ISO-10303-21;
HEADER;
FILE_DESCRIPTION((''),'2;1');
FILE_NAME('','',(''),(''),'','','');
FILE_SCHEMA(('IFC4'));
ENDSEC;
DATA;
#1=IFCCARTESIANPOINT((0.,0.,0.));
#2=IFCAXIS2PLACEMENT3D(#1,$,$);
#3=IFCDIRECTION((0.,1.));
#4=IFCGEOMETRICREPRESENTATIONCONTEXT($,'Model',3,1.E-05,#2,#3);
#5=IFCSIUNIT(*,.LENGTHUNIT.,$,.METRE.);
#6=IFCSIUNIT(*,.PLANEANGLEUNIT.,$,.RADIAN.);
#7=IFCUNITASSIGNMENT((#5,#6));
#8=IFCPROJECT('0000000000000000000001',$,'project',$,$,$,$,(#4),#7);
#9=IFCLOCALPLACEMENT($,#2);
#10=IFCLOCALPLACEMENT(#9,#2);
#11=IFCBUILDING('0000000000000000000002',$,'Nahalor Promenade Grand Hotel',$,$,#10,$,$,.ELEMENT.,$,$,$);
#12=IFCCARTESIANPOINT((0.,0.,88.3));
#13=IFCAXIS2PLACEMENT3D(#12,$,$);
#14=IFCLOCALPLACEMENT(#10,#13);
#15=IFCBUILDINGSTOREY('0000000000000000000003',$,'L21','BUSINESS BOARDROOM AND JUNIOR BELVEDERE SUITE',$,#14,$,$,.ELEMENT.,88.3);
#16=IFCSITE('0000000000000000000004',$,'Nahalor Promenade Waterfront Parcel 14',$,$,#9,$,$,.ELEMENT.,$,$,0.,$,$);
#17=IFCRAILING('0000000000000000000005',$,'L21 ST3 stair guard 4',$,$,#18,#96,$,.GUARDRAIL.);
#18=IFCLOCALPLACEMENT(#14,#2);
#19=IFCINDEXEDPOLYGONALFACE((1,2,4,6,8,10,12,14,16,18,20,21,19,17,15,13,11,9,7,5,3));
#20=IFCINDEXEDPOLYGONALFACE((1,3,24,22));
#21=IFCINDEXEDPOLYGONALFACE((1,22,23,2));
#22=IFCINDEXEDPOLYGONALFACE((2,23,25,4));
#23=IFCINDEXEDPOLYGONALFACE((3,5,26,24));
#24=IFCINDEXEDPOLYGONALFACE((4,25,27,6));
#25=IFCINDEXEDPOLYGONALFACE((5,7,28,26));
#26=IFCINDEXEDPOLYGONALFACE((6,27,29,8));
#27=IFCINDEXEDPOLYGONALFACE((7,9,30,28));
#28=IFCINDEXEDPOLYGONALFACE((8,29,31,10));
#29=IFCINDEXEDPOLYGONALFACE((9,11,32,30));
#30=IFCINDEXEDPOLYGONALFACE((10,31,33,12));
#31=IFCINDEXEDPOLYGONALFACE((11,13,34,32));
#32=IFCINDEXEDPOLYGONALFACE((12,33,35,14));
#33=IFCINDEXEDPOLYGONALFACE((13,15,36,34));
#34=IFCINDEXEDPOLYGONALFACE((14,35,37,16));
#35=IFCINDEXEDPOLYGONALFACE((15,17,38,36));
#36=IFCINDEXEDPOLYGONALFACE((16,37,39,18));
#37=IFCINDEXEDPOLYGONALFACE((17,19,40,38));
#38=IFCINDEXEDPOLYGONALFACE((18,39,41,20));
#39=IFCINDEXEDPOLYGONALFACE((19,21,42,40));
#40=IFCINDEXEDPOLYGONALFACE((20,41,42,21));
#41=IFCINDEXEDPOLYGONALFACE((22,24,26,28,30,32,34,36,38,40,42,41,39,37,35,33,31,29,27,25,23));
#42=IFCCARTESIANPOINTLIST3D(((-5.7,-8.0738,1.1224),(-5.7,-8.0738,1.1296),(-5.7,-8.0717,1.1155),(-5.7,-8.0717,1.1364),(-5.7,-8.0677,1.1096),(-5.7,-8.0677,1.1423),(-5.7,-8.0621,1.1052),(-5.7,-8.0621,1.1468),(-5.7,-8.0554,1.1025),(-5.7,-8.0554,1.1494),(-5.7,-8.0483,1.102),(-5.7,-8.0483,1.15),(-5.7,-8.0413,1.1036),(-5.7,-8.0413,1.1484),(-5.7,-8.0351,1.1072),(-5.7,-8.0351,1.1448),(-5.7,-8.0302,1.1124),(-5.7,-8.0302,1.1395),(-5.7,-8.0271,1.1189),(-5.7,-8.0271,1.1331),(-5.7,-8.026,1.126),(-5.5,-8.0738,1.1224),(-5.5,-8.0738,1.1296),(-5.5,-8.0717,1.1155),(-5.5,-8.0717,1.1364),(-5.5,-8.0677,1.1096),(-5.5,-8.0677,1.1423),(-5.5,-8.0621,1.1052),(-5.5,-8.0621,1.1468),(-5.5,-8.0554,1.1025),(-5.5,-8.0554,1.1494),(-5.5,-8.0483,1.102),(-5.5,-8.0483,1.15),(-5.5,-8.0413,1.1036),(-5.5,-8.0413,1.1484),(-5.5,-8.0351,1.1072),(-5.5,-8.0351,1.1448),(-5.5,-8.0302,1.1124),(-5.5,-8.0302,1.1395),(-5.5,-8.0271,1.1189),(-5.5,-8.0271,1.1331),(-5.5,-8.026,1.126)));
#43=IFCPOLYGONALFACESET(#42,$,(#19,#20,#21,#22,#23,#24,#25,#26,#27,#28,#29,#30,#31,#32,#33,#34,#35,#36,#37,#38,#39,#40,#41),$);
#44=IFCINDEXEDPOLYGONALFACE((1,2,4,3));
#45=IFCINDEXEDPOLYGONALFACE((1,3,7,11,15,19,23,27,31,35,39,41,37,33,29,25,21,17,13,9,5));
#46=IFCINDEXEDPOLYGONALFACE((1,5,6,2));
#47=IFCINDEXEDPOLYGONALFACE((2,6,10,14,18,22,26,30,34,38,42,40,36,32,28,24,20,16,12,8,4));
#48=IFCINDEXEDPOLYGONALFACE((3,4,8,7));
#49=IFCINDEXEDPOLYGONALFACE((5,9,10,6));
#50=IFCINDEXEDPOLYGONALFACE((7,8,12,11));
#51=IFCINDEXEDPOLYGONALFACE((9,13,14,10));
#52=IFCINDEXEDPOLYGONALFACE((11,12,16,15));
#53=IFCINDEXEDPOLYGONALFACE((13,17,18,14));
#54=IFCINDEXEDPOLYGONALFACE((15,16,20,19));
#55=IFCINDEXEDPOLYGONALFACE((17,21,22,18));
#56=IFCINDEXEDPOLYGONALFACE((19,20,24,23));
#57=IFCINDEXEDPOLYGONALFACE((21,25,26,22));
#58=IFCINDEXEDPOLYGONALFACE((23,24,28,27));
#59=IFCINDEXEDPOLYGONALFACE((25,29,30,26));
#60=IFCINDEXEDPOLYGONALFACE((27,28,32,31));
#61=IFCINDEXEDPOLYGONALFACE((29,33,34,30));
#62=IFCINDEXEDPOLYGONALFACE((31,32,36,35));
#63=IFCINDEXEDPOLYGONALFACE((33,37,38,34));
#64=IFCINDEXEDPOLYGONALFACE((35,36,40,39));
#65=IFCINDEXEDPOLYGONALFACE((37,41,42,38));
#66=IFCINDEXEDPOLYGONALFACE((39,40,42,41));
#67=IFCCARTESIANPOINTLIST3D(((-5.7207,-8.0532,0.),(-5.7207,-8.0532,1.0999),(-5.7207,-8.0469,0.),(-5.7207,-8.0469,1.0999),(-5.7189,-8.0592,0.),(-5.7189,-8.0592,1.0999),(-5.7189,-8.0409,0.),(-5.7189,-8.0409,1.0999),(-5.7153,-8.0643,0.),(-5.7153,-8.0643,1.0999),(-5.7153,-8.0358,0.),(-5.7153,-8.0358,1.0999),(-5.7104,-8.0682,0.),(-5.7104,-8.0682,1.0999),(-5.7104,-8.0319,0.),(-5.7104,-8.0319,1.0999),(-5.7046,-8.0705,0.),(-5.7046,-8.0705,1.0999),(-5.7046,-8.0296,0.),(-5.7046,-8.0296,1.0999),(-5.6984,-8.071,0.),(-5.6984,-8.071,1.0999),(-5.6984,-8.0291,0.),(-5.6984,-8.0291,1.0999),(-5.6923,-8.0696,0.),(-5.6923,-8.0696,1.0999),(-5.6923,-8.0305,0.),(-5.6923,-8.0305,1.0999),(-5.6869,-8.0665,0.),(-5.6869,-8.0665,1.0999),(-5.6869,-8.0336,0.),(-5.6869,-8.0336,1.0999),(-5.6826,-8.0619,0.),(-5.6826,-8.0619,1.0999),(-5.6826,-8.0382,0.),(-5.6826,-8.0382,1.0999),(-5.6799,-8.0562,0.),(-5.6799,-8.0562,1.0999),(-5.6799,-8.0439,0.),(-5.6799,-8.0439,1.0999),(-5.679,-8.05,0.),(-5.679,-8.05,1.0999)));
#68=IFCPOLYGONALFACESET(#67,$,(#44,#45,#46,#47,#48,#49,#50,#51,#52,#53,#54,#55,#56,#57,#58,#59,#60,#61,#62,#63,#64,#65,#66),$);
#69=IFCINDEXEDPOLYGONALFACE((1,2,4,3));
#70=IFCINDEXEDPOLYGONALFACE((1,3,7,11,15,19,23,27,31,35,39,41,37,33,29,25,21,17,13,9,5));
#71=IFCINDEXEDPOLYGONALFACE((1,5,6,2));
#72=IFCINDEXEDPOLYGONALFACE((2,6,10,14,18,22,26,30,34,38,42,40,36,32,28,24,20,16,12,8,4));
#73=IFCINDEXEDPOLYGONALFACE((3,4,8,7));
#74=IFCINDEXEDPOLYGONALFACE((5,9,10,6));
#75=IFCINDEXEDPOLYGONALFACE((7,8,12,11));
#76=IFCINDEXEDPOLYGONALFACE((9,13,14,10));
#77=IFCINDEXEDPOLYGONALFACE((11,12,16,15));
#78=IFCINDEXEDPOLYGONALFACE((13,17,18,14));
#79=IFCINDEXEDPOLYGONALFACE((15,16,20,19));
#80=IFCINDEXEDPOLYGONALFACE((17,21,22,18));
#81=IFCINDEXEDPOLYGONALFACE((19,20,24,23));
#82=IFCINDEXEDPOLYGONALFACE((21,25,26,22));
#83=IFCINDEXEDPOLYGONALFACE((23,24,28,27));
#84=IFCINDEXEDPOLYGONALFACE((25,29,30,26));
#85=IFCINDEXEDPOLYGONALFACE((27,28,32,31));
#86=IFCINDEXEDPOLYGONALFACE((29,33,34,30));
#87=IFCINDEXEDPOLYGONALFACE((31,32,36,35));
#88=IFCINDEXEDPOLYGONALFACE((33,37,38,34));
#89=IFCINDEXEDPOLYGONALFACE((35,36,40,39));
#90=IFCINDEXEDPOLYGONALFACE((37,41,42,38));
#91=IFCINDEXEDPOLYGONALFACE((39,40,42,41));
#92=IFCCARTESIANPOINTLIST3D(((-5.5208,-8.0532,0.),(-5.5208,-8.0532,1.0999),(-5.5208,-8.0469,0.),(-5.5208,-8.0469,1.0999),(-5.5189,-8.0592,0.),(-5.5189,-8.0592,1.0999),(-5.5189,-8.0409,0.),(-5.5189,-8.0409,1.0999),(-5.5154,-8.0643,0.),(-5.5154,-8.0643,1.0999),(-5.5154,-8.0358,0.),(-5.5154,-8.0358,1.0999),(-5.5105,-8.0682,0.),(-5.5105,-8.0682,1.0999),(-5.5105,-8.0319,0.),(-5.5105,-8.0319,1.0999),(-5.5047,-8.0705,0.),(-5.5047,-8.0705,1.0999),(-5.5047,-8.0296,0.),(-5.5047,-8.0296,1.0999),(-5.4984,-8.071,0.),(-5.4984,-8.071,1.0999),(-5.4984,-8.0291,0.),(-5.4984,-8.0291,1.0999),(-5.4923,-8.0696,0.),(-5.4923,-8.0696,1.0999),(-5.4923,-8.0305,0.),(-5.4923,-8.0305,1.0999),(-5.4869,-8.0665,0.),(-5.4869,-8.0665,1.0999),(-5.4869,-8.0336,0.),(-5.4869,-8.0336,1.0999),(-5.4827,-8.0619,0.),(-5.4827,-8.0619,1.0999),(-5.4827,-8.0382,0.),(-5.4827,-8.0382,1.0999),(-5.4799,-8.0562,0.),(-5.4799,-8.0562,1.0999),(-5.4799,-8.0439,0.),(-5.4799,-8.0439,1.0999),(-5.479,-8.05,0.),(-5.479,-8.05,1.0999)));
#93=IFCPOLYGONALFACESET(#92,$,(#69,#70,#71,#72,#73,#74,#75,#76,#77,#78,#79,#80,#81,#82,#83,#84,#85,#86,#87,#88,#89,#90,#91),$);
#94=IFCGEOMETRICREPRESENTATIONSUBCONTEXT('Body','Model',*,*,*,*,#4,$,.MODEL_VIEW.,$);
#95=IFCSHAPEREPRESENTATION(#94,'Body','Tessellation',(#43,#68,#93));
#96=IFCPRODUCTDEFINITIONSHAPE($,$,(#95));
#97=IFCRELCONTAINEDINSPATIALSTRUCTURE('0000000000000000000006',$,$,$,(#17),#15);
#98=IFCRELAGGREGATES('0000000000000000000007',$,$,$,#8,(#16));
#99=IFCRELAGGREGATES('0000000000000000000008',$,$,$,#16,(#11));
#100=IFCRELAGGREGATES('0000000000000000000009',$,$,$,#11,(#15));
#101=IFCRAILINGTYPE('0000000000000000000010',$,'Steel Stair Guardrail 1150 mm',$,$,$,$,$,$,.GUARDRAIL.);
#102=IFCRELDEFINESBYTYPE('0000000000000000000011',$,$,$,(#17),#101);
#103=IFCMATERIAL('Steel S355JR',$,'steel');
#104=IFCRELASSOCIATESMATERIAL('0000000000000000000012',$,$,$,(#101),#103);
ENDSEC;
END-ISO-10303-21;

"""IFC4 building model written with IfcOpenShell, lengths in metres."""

from ifc_helpers import new_model, si_unit, direction, frame, origin, origin_2d, place, context, subcontext, project, spatial, circle, extrude, material, type_object, element, save


model = new_model("IFC4")

# Units and contexts
model_context = context("Model", 3, precision=1e-05, world=origin(), true_north=direction((0.0, 1.0)))
body_context = subcontext(model_context, "Body", "Model", "MODEL_VIEW")
ifc_project = project(units=[si_unit("LENGTHUNIT", "METRE"), si_unit("PLANEANGLEUNIT", "RADIAN")], contexts=[model_context])

# Site, building, storey
site_placement = place(None, origin())
site = spatial("IfcSite", under=ifc_project, at=site_placement, Name="Nahalor Promenade Waterfront Parcel 14", CompositionType="ELEMENT", RefElevation=0.0)
building_placement = place(site_placement, origin())
building = spatial("IfcBuilding", under=site, at=building_placement, Name="Nahalor Promenade Grand Hotel", CompositionType="ELEMENT")
storey_placement = place(building_placement, frame((0.0, 0.0, 88.3)))
storey = spatial("IfcBuildingStorey", under=building, at=storey_placement, Name="L21", Description="BUSINESS BOARDROOM AND JUNIOR BELVEDERE SUITE", CompositionType="ELEMENT", Elevation=88.3)

# Shared definitions
ifc_material_1 = material(Name="Steel S355JR", Category="steel")

# Railing
railing_type_1 = type_object("IfcRailingType", Name="Steel Stair Guardrail 1150 mm", PredefinedType="GUARDRAIL", material=ifc_material_1)
railing_1_placement = place(storey_placement, frame((-5.7, -8.05, 0.0)))
element("IfcRailing", 1, at=railing_1_placement, inside=storey, type_object=railing_type_1, Name="L21 ST3 stair guard 4", PredefinedType="GUARDRAIL", context=body_context, shape_type="SweptSolid", body=[
    extrude(circle(Radius=0.024, at=origin_2d()), frame((0.0, 0.0, 1.126), z_axis=(1.0, 0.0, 0.0), x_axis=(0.0, 1.0, 0.0)), (0.0, 0.0, 1.0), 0.2),
    extrude(circle(Radius=0.021, at=origin_2d()), origin(), (0.0, 0.0, 1.0), 1.0999),
    extrude(circle(Radius=0.021, at=origin_2d()), frame((0.2, 0.0, 0.0)), (0.0, 0.0, 1.0), 1.0999),
])

save(model, "model.ifc")
